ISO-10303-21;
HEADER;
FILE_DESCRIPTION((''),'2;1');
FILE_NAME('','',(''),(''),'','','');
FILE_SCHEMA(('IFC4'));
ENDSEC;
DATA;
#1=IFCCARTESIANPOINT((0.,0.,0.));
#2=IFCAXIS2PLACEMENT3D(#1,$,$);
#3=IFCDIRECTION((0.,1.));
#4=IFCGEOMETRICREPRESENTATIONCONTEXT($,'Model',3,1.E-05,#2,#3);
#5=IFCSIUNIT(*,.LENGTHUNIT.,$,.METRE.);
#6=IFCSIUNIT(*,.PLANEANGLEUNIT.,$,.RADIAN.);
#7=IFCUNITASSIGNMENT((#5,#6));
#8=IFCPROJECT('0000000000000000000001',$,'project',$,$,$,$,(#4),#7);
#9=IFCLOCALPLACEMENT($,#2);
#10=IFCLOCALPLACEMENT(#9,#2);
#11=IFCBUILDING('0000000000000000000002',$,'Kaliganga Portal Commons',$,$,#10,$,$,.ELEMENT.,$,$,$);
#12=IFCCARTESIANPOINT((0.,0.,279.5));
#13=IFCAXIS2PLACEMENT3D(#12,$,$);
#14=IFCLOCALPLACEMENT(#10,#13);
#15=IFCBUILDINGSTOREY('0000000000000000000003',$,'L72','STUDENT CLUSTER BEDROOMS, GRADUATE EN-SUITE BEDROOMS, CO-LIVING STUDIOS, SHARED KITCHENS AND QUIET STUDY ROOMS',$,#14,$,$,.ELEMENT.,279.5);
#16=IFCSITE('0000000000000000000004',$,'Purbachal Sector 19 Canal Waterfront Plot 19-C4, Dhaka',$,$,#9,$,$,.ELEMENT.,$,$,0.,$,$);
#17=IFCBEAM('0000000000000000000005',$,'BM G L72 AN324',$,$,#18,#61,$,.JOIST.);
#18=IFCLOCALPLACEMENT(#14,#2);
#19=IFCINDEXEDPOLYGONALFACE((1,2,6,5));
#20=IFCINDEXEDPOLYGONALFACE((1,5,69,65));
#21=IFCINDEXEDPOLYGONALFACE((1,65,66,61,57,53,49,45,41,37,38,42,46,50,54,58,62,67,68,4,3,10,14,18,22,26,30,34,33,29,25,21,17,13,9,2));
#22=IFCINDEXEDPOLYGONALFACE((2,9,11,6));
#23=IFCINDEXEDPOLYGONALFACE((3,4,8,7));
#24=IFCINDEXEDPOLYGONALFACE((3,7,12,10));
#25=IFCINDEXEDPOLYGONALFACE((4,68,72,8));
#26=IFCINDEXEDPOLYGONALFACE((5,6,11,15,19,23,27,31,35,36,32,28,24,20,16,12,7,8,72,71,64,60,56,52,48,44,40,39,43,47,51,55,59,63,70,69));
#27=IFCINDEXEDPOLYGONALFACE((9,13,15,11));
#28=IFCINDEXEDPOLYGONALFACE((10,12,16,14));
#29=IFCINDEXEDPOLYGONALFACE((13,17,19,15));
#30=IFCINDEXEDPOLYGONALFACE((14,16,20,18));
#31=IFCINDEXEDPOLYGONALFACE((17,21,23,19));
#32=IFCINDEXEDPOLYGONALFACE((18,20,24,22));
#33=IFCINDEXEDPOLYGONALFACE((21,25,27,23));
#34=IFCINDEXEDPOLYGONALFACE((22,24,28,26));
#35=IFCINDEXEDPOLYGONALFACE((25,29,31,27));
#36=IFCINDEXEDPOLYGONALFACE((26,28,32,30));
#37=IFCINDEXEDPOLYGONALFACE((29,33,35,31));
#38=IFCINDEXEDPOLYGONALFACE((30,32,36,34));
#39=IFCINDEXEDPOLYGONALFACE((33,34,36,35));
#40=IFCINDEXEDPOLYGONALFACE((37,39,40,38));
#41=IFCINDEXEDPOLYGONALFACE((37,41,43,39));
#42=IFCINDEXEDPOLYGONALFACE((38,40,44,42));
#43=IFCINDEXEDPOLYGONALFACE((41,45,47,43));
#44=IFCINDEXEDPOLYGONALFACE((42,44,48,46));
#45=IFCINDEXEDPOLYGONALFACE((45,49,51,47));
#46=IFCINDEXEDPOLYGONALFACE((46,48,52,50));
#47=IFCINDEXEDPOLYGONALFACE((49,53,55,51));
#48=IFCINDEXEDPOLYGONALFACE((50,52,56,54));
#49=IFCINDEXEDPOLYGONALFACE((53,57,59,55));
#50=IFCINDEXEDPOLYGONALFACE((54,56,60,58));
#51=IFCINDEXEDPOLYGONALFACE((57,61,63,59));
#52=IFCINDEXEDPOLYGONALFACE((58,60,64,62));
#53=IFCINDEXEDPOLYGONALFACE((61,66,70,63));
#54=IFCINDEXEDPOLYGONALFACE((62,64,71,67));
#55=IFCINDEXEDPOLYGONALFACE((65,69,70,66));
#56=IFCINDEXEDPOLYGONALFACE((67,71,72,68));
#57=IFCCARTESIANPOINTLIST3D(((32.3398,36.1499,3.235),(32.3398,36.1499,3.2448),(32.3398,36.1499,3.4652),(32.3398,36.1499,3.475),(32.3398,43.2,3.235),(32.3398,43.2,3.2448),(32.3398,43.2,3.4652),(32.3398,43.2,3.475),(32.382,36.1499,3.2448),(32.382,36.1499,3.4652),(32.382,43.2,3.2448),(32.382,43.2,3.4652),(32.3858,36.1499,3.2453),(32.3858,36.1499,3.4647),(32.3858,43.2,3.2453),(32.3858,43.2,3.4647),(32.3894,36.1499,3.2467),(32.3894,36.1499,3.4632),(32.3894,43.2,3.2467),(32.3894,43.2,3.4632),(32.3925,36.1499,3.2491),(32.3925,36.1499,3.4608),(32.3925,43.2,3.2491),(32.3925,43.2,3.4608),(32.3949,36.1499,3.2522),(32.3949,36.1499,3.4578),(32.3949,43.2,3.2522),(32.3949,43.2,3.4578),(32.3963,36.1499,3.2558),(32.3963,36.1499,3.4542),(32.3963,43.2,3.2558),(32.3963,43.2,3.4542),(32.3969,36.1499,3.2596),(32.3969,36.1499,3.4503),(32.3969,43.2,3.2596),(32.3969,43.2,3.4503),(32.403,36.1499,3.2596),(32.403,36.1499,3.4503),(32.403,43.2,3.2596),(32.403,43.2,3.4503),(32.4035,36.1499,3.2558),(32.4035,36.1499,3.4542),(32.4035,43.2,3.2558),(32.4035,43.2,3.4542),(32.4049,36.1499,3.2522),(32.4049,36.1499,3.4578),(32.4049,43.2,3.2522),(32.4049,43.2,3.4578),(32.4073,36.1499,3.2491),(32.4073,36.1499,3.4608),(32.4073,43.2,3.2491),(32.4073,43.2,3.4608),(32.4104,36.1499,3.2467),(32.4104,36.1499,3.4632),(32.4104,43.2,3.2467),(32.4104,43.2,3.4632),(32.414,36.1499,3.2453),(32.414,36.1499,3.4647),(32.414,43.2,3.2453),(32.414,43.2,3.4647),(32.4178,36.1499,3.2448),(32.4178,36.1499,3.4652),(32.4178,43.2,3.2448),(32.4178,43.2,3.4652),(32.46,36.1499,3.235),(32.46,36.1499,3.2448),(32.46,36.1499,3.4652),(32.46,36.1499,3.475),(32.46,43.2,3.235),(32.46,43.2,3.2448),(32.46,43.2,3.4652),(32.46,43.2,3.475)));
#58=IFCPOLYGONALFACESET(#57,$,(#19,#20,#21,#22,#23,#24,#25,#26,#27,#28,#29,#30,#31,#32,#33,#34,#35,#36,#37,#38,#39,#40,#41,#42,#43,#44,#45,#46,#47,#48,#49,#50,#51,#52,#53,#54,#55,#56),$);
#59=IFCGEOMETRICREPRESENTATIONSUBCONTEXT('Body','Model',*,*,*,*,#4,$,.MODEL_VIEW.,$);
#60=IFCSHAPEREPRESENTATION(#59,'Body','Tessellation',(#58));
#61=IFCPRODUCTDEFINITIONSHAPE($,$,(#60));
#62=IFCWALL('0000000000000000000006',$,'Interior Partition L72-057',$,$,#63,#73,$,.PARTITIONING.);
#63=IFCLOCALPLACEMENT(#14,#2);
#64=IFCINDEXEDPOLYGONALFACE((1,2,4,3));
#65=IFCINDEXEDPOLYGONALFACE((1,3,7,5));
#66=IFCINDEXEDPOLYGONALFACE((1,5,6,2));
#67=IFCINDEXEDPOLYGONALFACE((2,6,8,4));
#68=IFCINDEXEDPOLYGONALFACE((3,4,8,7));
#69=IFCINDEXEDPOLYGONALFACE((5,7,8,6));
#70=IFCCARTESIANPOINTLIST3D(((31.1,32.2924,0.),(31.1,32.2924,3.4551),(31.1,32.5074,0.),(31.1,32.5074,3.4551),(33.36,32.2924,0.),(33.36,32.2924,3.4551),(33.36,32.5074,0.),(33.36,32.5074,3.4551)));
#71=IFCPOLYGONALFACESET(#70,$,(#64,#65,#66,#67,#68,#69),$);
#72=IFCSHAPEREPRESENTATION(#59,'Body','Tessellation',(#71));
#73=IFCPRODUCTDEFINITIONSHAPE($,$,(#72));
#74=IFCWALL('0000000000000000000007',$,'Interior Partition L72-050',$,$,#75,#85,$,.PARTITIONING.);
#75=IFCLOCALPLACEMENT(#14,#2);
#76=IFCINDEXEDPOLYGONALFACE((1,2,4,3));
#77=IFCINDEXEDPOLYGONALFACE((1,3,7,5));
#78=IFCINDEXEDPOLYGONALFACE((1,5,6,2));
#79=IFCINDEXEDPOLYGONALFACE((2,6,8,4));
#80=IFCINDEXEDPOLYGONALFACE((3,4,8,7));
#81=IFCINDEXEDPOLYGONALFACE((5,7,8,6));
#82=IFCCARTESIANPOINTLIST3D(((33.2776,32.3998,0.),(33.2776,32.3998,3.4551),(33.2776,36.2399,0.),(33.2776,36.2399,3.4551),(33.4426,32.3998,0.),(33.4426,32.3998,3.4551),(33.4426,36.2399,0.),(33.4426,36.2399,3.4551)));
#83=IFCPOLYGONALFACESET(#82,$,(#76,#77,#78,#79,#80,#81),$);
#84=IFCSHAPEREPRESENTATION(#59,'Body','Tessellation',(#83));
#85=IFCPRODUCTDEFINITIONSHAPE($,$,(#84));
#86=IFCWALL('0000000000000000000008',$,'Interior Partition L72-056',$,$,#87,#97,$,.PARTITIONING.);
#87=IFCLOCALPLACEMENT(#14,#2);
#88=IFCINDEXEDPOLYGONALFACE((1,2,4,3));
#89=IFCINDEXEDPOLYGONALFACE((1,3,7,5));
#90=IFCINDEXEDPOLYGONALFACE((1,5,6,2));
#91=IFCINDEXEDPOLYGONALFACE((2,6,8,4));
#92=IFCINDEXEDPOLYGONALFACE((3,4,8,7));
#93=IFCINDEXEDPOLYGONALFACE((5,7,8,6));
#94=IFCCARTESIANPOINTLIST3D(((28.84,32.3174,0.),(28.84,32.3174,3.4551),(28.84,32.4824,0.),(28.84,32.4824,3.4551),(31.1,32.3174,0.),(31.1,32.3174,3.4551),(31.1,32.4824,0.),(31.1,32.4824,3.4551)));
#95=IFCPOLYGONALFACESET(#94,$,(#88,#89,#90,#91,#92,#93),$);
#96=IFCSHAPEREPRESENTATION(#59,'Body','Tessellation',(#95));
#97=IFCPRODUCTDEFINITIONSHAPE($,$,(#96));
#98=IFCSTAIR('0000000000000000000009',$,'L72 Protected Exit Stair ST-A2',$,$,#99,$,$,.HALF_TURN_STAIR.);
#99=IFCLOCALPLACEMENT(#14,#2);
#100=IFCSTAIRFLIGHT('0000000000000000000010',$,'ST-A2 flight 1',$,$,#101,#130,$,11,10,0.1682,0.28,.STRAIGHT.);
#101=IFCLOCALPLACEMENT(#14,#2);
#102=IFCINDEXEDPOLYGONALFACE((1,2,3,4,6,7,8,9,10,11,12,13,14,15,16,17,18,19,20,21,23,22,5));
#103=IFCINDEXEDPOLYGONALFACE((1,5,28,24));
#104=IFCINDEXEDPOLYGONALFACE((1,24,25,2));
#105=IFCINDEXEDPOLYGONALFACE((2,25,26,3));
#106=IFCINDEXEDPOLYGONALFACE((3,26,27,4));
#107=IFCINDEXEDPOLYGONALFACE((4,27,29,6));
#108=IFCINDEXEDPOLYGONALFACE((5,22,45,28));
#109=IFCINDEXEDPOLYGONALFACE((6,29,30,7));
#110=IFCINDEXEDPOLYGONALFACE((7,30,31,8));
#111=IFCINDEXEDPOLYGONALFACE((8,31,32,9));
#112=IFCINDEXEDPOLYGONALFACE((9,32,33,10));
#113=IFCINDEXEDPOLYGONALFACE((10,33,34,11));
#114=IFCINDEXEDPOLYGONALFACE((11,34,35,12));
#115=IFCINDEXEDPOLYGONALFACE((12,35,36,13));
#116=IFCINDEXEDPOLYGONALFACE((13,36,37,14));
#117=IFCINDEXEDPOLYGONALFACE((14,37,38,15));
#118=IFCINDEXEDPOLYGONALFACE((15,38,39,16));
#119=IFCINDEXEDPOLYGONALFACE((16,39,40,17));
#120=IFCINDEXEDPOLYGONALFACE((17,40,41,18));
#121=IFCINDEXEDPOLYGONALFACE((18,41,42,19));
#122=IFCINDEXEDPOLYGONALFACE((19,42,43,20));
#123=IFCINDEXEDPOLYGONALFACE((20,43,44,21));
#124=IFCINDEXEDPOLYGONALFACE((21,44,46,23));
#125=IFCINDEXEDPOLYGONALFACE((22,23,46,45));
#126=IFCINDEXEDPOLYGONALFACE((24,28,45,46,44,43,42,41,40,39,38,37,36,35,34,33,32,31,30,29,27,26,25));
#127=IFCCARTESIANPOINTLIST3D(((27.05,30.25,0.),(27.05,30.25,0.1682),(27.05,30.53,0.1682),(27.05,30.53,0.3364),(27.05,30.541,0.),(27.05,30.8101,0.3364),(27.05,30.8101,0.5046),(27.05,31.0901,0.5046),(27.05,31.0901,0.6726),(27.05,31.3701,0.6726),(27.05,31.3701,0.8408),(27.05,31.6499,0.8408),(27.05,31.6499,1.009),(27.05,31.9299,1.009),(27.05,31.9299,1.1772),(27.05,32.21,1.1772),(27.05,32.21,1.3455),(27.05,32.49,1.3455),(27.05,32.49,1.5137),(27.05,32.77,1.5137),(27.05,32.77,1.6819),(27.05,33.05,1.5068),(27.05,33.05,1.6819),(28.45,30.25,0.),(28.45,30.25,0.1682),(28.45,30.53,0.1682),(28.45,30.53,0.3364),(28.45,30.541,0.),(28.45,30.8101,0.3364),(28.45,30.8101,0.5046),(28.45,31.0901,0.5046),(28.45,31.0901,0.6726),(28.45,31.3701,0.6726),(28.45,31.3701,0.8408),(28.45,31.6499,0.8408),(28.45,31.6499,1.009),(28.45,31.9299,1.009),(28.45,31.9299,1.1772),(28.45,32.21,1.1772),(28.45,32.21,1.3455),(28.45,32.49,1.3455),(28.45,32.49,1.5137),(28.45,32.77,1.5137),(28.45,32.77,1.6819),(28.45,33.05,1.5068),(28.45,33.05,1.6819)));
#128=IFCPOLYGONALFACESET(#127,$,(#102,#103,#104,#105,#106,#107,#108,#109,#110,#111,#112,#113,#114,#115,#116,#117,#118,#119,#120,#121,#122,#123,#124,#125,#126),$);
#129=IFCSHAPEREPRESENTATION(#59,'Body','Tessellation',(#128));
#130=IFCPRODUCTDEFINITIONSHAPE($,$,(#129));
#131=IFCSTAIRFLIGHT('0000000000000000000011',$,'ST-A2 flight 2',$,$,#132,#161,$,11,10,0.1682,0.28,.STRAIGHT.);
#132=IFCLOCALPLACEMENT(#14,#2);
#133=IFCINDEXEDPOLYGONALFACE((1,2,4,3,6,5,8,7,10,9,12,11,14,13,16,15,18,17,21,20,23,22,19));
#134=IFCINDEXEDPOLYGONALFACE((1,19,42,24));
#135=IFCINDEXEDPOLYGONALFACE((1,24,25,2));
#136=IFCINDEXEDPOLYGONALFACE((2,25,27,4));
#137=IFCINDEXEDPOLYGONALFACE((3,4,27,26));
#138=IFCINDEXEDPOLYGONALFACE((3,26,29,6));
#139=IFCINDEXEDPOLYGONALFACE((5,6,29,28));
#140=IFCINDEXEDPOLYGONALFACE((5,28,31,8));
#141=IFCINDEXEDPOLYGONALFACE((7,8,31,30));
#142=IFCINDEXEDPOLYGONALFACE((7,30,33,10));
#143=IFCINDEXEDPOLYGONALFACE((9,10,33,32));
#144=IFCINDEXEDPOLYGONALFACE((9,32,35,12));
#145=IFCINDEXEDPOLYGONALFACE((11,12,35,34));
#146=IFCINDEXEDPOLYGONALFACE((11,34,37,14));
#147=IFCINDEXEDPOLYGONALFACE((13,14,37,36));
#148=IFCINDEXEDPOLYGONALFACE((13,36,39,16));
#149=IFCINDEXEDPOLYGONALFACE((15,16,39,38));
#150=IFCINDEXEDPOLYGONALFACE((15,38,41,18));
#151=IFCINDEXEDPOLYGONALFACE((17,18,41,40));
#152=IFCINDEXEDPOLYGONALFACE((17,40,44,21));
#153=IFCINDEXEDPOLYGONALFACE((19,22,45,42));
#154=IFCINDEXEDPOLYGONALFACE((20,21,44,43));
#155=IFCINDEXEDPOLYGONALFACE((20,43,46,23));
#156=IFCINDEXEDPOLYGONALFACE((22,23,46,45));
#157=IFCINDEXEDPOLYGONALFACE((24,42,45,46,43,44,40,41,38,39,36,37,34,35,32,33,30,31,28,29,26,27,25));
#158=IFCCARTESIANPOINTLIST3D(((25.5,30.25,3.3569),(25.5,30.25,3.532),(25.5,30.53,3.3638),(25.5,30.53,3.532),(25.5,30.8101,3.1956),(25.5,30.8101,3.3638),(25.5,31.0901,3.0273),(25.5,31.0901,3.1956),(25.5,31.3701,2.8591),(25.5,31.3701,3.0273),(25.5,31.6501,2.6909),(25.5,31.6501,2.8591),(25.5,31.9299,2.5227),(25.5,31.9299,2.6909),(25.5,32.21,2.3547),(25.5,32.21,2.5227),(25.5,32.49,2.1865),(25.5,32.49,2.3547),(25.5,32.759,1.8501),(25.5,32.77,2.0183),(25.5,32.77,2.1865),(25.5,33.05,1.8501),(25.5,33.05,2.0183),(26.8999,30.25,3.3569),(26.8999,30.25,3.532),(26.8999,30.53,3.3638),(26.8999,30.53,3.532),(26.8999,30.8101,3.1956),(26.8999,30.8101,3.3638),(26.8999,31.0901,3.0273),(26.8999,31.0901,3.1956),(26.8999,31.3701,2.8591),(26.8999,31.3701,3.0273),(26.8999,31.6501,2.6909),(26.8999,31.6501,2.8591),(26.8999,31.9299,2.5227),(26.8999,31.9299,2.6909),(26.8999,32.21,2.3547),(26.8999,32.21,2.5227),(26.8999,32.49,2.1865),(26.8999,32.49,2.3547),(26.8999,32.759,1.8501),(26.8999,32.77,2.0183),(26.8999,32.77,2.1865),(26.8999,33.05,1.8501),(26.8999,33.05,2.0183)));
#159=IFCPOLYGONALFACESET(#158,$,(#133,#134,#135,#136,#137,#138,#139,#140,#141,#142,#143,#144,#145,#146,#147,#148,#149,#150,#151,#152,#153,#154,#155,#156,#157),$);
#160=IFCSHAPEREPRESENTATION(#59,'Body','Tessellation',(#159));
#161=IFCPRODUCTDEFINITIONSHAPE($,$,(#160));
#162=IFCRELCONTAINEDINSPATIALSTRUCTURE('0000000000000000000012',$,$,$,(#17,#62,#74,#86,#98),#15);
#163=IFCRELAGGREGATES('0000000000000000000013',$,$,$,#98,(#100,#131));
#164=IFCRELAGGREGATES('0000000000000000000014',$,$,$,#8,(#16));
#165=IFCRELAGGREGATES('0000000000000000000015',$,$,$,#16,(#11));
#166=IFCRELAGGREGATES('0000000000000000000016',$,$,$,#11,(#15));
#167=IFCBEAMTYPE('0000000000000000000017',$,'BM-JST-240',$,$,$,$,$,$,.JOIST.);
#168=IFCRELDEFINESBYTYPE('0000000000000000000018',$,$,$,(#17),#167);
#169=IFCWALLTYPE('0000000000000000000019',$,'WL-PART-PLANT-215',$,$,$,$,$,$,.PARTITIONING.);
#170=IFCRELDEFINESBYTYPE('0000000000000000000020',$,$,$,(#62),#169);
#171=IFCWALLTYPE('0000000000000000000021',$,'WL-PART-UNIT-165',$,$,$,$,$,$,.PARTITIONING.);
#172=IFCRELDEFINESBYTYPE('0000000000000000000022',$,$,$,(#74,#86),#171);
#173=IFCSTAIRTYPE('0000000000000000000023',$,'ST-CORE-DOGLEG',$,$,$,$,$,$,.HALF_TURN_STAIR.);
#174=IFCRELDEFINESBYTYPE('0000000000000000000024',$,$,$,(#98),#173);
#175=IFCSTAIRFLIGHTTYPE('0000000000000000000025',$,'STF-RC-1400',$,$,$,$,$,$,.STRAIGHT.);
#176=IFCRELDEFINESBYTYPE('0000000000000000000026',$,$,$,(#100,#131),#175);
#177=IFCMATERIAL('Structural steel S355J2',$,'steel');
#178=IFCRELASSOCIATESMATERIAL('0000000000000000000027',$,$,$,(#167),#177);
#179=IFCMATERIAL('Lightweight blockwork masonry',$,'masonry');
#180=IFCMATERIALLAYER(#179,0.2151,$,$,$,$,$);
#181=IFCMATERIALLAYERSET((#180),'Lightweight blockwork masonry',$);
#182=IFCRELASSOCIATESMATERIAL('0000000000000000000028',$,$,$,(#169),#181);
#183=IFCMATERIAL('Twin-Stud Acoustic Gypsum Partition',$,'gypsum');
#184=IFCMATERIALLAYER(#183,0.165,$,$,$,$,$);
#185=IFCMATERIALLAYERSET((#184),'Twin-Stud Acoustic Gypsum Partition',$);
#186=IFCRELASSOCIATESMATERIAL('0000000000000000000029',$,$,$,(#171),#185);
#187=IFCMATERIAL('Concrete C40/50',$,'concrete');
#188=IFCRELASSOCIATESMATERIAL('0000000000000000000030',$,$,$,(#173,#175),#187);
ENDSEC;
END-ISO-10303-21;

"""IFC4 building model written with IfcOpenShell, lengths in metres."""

from ifc_helpers import new_model, si_unit, direction, frame, frame_2d, origin, origin_2d, place, context, subcontext, project, spatial, polyline, rectangle, i_section, outline, extrude, source, transform, mapped, material, layer, layer_set, material_profile, profile_set, type_object, element, aggregate, save


model = new_model("IFC4")

# Units and contexts
model_context = context("Model", 3, precision=1e-05, world=origin(), true_north=direction((0.0, 1.0)))
body_context = subcontext(model_context, "Body", "Model", "MODEL_VIEW")
ifc_project = project(units=[si_unit("LENGTHUNIT", "METRE"), si_unit("PLANEANGLEUNIT", "RADIAN")], contexts=[model_context])

# Site, building, storey
site_placement = place(None, origin())
site = spatial("IfcSite", under=ifc_project, at=site_placement, Name="Purbachal Sector 19 Canal Waterfront Plot 19-C4, Dhaka", CompositionType="ELEMENT", RefElevation=0.0)
building_placement = place(site_placement, origin())
building = spatial("IfcBuilding", under=site, at=building_placement, Name="Kaliganga Portal Commons", CompositionType="ELEMENT")
storey_placement = place(building_placement, frame((0.0, 0.0, 279.5)))
storey = spatial("IfcBuildingStorey", under=building, at=storey_placement, Name="L72", Description="STUDENT CLUSTER BEDROOMS, GRADUATE EN-SUITE BEDROOMS, CO-LIVING STUDIOS, SHARED KITCHENS AND QUIET STUDY ROOMS", CompositionType="ELEMENT", Elevation=279.5)

# Beam
ifc_material_1 = material(Name="Structural steel S355J2", Category="steel")
ifc_material_profile_1 = material_profile(ifc_material_1, i_section(OverallWidth=0.1201, OverallDepth=0.24, WebThickness=0.0061, FlangeThickness=0.0098, FilletRadius=0.0149, at=origin_2d()), Name="IPE 240")
ifc_profile_set_1 = profile_set([ifc_material_profile_1], Name="Structural steel S355J2 wide-flange")
beam_type_1 = type_object("IfcBeamType", Name="BM-JST-240", PredefinedType="JOIST", material=ifc_profile_set_1)
shared_shape_1 = source(origin(), body_context, "Body", "SweptSolid", [
    extrude(i_section(OverallWidth=0.1201, OverallDepth=0.24, WebThickness=0.0061, FlangeThickness=0.0098, FilletRadius=0.0149, at=origin_2d()), origin(), (0.0, 0.0, 1.0), 7.05),
])
beam_1_placement = place(storey_placement, frame((32.3999, 36.1499, 3.355), z_axis=(0.0, 1.0, 0.0), x_axis=(-1.0, 0.0, 0.0)))
element("IfcBeam", 1, at=beam_1_placement, inside=storey, type_object=beam_type_1, Name="BM G L72 AN324", PredefinedType="JOIST", context=body_context, shape_type="MappedRepresentation", body=[
    mapped(shared_shape_1, transform((0.0, 0.0, 0.0), x_axis=(1.0, 0.0, 0.0), y_axis=(0.0, 1.0, 0.0), z_axis=(0.0, 0.0, 1.0), scale=1.0)),
])

# Walls
ifc_material_2 = material(Name="Lightweight blockwork masonry", Category="masonry")
ifc_layer_1 = layer(ifc_material_2, 0.2151)
ifc_layer_set_1 = layer_set([ifc_layer_1], Name="Lightweight blockwork masonry")
wall_type_1 = type_object("IfcWallType", Name="WL-PART-PLANT-215", PredefinedType="PARTITIONING", material=ifc_layer_set_1)
wall_1_placement = place(storey_placement, frame((31.1001, 32.3999, 0.0), z_axis=(0.0, 0.0, 1.0), x_axis=(1.0, 0.0, 0.0)))
element("IfcWall", 2, at=wall_1_placement, inside=storey, type_object=wall_type_1, Name="Interior Partition L72-057", PredefinedType="PARTITIONING", context=body_context, shape_type="SweptSolid", body=[
    extrude(rectangle(XDim=2.26, YDim=0.2151, at=frame_2d((1.1299, 0.0))), origin(), (0.0, 0.0, 1.0), 3.4551),
])
ifc_material_3 = material(Name="Twin-Stud Acoustic Gypsum Partition", Category="gypsum")
ifc_layer_2 = layer(ifc_material_3, 0.165)
ifc_layer_set_2 = layer_set([ifc_layer_2], Name="Twin-Stud Acoustic Gypsum Partition")
wall_type_2 = type_object("IfcWallType", Name="WL-PART-UNIT-165", PredefinedType="PARTITIONING", material=ifc_layer_set_2)
wall_2_placement = place(storey_placement, frame((33.3601, 32.3999, 0.0), z_axis=(0.0, 0.0, 1.0), x_axis=(0.0, 1.0, 0.0)))
element("IfcWall", 3, at=wall_2_placement, inside=storey, type_object=wall_type_2, Name="Interior Partition L72-050", PredefinedType="PARTITIONING", context=body_context, shape_type="SweptSolid", body=[
    extrude(rectangle(XDim=3.8401, YDim=0.165, at=frame_2d((1.9199, 0.0))), origin(), (0.0, 0.0, 1.0), 3.4551),
])
wall_3_placement = place(storey_placement, frame((28.8401, 32.3999, 0.0), z_axis=(0.0, 0.0, 1.0), x_axis=(1.0, 0.0, 0.0)))
element("IfcWall", 4, at=wall_3_placement, inside=storey, type_object=wall_type_2, Name="Interior Partition L72-056", PredefinedType="PARTITIONING", context=body_context, shape_type="SweptSolid", body=[
    extrude(rectangle(XDim=2.26, YDim=0.165, at=frame_2d((1.1299, 0.0))), origin(), (0.0, 0.0, 1.0), 3.4551),
])

# Stair, stair flights
ifc_material_4 = material(Name="Concrete C40/50", Category="concrete")
stair_type = type_object("IfcStairType", Name="ST-CORE-DOGLEG", PredefinedType="HALF_TURN_STAIR", material=ifc_material_4)
stair_placement = place(storey_placement, origin())
stair = element("IfcStair", 5, at=stair_placement, inside=storey, type_object=stair_type, Name="L72 Protected Exit Stair ST-A2", PredefinedType="HALF_TURN_STAIR")
stair_flight_type = type_object("IfcStairFlightType", Name="STF-RC-1400", PredefinedType="STRAIGHT", material=ifc_material_4)
stair_flight_1_placement = place(storey_placement, frame((27.75, 30.25, 0.0), z_axis=(0.0, 0.0, 1.0), x_axis=(0.0, 1.0, 0.0)))
stair_flight_1 = element("IfcStairFlight", 6, at=stair_flight_1_placement, type_object=stair_flight_type, Name="ST-A2 flight 1", NumberOfRisers=11, NumberOfTreads=10, PredefinedType="STRAIGHT", RiserHeight=0.1682, TreadLength=0.28, context=body_context, shape_type="SweptSolid", body=[
    extrude(outline(polyline([(0.0, 0.0), (0.0, 0.1682), (0.28, 0.1682), (0.28, 0.3364), (0.5601, 0.3364), (0.5601, 0.5046), (0.8401, 0.5046), (0.8401, 0.6726), (1.1201, 0.6726), (1.1201, 0.8408), (1.3999, 0.8408), (1.3999, 1.009), (1.6799, 1.009), (1.6799, 1.1772), (1.96, 1.1772), (1.96, 1.3455), (2.24, 1.3455), (2.24, 1.5137), (2.52, 1.5137), (2.52, 1.6819), (2.8, 1.6819), (2.8, 1.8501), (2.8, 1.5068), (0.291, 0.0), (0.0, 0.0)])), frame((0.0, 0.7, 0.0), z_axis=(0.0, -1.0, 0.0), x_axis=(1.0, 0.0, 0.0)), (0.0, 0.0, 1.0), 1.3999),
])
stair_flight_2_placement = place(storey_placement, frame((26.2, 33.05, 1.8501), z_axis=(0.0, 0.0, 1.0), x_axis=(0.0, -1.0, 0.0)))
stair_flight_2 = element("IfcStairFlight", 7, at=stair_flight_2_placement, type_object=stair_flight_type, Name="ST-A2 flight 2", NumberOfRisers=11, NumberOfTreads=10, PredefinedType="STRAIGHT", RiserHeight=0.1682, TreadLength=0.28, context=body_context, shape_type="SweptSolid", body=[
    extrude(outline(polyline([(0.0, 0.0), (0.0, 0.1682), (0.28, 0.1682), (0.28, 0.3364), (0.5601, 0.3364), (0.5601, 0.5046), (0.8401, 0.5046), (0.8401, 0.6726), (1.1201, 0.6726), (1.1201, 0.8408), (1.3999, 0.8408), (1.3999, 1.009), (1.6799, 1.009), (1.6799, 1.1772), (1.96, 1.1772), (1.96, 1.3455), (2.24, 1.3455), (2.24, 1.5137), (2.52, 1.5137), (2.52, 1.6819), (2.8, 1.6819), (2.8, 1.8501), (2.8, 1.5068), (0.291, 0.0), (0.0, 0.0)])), frame((0.0, 0.7, 0.0), z_axis=(0.0, -1.0, 0.0), x_axis=(1.0, 0.0, 0.0)), (0.0, 0.0, 1.0), 1.3999),
])
aggregate(stair, [stair_flight_1, stair_flight_2])

save(model, "model.ifc")
